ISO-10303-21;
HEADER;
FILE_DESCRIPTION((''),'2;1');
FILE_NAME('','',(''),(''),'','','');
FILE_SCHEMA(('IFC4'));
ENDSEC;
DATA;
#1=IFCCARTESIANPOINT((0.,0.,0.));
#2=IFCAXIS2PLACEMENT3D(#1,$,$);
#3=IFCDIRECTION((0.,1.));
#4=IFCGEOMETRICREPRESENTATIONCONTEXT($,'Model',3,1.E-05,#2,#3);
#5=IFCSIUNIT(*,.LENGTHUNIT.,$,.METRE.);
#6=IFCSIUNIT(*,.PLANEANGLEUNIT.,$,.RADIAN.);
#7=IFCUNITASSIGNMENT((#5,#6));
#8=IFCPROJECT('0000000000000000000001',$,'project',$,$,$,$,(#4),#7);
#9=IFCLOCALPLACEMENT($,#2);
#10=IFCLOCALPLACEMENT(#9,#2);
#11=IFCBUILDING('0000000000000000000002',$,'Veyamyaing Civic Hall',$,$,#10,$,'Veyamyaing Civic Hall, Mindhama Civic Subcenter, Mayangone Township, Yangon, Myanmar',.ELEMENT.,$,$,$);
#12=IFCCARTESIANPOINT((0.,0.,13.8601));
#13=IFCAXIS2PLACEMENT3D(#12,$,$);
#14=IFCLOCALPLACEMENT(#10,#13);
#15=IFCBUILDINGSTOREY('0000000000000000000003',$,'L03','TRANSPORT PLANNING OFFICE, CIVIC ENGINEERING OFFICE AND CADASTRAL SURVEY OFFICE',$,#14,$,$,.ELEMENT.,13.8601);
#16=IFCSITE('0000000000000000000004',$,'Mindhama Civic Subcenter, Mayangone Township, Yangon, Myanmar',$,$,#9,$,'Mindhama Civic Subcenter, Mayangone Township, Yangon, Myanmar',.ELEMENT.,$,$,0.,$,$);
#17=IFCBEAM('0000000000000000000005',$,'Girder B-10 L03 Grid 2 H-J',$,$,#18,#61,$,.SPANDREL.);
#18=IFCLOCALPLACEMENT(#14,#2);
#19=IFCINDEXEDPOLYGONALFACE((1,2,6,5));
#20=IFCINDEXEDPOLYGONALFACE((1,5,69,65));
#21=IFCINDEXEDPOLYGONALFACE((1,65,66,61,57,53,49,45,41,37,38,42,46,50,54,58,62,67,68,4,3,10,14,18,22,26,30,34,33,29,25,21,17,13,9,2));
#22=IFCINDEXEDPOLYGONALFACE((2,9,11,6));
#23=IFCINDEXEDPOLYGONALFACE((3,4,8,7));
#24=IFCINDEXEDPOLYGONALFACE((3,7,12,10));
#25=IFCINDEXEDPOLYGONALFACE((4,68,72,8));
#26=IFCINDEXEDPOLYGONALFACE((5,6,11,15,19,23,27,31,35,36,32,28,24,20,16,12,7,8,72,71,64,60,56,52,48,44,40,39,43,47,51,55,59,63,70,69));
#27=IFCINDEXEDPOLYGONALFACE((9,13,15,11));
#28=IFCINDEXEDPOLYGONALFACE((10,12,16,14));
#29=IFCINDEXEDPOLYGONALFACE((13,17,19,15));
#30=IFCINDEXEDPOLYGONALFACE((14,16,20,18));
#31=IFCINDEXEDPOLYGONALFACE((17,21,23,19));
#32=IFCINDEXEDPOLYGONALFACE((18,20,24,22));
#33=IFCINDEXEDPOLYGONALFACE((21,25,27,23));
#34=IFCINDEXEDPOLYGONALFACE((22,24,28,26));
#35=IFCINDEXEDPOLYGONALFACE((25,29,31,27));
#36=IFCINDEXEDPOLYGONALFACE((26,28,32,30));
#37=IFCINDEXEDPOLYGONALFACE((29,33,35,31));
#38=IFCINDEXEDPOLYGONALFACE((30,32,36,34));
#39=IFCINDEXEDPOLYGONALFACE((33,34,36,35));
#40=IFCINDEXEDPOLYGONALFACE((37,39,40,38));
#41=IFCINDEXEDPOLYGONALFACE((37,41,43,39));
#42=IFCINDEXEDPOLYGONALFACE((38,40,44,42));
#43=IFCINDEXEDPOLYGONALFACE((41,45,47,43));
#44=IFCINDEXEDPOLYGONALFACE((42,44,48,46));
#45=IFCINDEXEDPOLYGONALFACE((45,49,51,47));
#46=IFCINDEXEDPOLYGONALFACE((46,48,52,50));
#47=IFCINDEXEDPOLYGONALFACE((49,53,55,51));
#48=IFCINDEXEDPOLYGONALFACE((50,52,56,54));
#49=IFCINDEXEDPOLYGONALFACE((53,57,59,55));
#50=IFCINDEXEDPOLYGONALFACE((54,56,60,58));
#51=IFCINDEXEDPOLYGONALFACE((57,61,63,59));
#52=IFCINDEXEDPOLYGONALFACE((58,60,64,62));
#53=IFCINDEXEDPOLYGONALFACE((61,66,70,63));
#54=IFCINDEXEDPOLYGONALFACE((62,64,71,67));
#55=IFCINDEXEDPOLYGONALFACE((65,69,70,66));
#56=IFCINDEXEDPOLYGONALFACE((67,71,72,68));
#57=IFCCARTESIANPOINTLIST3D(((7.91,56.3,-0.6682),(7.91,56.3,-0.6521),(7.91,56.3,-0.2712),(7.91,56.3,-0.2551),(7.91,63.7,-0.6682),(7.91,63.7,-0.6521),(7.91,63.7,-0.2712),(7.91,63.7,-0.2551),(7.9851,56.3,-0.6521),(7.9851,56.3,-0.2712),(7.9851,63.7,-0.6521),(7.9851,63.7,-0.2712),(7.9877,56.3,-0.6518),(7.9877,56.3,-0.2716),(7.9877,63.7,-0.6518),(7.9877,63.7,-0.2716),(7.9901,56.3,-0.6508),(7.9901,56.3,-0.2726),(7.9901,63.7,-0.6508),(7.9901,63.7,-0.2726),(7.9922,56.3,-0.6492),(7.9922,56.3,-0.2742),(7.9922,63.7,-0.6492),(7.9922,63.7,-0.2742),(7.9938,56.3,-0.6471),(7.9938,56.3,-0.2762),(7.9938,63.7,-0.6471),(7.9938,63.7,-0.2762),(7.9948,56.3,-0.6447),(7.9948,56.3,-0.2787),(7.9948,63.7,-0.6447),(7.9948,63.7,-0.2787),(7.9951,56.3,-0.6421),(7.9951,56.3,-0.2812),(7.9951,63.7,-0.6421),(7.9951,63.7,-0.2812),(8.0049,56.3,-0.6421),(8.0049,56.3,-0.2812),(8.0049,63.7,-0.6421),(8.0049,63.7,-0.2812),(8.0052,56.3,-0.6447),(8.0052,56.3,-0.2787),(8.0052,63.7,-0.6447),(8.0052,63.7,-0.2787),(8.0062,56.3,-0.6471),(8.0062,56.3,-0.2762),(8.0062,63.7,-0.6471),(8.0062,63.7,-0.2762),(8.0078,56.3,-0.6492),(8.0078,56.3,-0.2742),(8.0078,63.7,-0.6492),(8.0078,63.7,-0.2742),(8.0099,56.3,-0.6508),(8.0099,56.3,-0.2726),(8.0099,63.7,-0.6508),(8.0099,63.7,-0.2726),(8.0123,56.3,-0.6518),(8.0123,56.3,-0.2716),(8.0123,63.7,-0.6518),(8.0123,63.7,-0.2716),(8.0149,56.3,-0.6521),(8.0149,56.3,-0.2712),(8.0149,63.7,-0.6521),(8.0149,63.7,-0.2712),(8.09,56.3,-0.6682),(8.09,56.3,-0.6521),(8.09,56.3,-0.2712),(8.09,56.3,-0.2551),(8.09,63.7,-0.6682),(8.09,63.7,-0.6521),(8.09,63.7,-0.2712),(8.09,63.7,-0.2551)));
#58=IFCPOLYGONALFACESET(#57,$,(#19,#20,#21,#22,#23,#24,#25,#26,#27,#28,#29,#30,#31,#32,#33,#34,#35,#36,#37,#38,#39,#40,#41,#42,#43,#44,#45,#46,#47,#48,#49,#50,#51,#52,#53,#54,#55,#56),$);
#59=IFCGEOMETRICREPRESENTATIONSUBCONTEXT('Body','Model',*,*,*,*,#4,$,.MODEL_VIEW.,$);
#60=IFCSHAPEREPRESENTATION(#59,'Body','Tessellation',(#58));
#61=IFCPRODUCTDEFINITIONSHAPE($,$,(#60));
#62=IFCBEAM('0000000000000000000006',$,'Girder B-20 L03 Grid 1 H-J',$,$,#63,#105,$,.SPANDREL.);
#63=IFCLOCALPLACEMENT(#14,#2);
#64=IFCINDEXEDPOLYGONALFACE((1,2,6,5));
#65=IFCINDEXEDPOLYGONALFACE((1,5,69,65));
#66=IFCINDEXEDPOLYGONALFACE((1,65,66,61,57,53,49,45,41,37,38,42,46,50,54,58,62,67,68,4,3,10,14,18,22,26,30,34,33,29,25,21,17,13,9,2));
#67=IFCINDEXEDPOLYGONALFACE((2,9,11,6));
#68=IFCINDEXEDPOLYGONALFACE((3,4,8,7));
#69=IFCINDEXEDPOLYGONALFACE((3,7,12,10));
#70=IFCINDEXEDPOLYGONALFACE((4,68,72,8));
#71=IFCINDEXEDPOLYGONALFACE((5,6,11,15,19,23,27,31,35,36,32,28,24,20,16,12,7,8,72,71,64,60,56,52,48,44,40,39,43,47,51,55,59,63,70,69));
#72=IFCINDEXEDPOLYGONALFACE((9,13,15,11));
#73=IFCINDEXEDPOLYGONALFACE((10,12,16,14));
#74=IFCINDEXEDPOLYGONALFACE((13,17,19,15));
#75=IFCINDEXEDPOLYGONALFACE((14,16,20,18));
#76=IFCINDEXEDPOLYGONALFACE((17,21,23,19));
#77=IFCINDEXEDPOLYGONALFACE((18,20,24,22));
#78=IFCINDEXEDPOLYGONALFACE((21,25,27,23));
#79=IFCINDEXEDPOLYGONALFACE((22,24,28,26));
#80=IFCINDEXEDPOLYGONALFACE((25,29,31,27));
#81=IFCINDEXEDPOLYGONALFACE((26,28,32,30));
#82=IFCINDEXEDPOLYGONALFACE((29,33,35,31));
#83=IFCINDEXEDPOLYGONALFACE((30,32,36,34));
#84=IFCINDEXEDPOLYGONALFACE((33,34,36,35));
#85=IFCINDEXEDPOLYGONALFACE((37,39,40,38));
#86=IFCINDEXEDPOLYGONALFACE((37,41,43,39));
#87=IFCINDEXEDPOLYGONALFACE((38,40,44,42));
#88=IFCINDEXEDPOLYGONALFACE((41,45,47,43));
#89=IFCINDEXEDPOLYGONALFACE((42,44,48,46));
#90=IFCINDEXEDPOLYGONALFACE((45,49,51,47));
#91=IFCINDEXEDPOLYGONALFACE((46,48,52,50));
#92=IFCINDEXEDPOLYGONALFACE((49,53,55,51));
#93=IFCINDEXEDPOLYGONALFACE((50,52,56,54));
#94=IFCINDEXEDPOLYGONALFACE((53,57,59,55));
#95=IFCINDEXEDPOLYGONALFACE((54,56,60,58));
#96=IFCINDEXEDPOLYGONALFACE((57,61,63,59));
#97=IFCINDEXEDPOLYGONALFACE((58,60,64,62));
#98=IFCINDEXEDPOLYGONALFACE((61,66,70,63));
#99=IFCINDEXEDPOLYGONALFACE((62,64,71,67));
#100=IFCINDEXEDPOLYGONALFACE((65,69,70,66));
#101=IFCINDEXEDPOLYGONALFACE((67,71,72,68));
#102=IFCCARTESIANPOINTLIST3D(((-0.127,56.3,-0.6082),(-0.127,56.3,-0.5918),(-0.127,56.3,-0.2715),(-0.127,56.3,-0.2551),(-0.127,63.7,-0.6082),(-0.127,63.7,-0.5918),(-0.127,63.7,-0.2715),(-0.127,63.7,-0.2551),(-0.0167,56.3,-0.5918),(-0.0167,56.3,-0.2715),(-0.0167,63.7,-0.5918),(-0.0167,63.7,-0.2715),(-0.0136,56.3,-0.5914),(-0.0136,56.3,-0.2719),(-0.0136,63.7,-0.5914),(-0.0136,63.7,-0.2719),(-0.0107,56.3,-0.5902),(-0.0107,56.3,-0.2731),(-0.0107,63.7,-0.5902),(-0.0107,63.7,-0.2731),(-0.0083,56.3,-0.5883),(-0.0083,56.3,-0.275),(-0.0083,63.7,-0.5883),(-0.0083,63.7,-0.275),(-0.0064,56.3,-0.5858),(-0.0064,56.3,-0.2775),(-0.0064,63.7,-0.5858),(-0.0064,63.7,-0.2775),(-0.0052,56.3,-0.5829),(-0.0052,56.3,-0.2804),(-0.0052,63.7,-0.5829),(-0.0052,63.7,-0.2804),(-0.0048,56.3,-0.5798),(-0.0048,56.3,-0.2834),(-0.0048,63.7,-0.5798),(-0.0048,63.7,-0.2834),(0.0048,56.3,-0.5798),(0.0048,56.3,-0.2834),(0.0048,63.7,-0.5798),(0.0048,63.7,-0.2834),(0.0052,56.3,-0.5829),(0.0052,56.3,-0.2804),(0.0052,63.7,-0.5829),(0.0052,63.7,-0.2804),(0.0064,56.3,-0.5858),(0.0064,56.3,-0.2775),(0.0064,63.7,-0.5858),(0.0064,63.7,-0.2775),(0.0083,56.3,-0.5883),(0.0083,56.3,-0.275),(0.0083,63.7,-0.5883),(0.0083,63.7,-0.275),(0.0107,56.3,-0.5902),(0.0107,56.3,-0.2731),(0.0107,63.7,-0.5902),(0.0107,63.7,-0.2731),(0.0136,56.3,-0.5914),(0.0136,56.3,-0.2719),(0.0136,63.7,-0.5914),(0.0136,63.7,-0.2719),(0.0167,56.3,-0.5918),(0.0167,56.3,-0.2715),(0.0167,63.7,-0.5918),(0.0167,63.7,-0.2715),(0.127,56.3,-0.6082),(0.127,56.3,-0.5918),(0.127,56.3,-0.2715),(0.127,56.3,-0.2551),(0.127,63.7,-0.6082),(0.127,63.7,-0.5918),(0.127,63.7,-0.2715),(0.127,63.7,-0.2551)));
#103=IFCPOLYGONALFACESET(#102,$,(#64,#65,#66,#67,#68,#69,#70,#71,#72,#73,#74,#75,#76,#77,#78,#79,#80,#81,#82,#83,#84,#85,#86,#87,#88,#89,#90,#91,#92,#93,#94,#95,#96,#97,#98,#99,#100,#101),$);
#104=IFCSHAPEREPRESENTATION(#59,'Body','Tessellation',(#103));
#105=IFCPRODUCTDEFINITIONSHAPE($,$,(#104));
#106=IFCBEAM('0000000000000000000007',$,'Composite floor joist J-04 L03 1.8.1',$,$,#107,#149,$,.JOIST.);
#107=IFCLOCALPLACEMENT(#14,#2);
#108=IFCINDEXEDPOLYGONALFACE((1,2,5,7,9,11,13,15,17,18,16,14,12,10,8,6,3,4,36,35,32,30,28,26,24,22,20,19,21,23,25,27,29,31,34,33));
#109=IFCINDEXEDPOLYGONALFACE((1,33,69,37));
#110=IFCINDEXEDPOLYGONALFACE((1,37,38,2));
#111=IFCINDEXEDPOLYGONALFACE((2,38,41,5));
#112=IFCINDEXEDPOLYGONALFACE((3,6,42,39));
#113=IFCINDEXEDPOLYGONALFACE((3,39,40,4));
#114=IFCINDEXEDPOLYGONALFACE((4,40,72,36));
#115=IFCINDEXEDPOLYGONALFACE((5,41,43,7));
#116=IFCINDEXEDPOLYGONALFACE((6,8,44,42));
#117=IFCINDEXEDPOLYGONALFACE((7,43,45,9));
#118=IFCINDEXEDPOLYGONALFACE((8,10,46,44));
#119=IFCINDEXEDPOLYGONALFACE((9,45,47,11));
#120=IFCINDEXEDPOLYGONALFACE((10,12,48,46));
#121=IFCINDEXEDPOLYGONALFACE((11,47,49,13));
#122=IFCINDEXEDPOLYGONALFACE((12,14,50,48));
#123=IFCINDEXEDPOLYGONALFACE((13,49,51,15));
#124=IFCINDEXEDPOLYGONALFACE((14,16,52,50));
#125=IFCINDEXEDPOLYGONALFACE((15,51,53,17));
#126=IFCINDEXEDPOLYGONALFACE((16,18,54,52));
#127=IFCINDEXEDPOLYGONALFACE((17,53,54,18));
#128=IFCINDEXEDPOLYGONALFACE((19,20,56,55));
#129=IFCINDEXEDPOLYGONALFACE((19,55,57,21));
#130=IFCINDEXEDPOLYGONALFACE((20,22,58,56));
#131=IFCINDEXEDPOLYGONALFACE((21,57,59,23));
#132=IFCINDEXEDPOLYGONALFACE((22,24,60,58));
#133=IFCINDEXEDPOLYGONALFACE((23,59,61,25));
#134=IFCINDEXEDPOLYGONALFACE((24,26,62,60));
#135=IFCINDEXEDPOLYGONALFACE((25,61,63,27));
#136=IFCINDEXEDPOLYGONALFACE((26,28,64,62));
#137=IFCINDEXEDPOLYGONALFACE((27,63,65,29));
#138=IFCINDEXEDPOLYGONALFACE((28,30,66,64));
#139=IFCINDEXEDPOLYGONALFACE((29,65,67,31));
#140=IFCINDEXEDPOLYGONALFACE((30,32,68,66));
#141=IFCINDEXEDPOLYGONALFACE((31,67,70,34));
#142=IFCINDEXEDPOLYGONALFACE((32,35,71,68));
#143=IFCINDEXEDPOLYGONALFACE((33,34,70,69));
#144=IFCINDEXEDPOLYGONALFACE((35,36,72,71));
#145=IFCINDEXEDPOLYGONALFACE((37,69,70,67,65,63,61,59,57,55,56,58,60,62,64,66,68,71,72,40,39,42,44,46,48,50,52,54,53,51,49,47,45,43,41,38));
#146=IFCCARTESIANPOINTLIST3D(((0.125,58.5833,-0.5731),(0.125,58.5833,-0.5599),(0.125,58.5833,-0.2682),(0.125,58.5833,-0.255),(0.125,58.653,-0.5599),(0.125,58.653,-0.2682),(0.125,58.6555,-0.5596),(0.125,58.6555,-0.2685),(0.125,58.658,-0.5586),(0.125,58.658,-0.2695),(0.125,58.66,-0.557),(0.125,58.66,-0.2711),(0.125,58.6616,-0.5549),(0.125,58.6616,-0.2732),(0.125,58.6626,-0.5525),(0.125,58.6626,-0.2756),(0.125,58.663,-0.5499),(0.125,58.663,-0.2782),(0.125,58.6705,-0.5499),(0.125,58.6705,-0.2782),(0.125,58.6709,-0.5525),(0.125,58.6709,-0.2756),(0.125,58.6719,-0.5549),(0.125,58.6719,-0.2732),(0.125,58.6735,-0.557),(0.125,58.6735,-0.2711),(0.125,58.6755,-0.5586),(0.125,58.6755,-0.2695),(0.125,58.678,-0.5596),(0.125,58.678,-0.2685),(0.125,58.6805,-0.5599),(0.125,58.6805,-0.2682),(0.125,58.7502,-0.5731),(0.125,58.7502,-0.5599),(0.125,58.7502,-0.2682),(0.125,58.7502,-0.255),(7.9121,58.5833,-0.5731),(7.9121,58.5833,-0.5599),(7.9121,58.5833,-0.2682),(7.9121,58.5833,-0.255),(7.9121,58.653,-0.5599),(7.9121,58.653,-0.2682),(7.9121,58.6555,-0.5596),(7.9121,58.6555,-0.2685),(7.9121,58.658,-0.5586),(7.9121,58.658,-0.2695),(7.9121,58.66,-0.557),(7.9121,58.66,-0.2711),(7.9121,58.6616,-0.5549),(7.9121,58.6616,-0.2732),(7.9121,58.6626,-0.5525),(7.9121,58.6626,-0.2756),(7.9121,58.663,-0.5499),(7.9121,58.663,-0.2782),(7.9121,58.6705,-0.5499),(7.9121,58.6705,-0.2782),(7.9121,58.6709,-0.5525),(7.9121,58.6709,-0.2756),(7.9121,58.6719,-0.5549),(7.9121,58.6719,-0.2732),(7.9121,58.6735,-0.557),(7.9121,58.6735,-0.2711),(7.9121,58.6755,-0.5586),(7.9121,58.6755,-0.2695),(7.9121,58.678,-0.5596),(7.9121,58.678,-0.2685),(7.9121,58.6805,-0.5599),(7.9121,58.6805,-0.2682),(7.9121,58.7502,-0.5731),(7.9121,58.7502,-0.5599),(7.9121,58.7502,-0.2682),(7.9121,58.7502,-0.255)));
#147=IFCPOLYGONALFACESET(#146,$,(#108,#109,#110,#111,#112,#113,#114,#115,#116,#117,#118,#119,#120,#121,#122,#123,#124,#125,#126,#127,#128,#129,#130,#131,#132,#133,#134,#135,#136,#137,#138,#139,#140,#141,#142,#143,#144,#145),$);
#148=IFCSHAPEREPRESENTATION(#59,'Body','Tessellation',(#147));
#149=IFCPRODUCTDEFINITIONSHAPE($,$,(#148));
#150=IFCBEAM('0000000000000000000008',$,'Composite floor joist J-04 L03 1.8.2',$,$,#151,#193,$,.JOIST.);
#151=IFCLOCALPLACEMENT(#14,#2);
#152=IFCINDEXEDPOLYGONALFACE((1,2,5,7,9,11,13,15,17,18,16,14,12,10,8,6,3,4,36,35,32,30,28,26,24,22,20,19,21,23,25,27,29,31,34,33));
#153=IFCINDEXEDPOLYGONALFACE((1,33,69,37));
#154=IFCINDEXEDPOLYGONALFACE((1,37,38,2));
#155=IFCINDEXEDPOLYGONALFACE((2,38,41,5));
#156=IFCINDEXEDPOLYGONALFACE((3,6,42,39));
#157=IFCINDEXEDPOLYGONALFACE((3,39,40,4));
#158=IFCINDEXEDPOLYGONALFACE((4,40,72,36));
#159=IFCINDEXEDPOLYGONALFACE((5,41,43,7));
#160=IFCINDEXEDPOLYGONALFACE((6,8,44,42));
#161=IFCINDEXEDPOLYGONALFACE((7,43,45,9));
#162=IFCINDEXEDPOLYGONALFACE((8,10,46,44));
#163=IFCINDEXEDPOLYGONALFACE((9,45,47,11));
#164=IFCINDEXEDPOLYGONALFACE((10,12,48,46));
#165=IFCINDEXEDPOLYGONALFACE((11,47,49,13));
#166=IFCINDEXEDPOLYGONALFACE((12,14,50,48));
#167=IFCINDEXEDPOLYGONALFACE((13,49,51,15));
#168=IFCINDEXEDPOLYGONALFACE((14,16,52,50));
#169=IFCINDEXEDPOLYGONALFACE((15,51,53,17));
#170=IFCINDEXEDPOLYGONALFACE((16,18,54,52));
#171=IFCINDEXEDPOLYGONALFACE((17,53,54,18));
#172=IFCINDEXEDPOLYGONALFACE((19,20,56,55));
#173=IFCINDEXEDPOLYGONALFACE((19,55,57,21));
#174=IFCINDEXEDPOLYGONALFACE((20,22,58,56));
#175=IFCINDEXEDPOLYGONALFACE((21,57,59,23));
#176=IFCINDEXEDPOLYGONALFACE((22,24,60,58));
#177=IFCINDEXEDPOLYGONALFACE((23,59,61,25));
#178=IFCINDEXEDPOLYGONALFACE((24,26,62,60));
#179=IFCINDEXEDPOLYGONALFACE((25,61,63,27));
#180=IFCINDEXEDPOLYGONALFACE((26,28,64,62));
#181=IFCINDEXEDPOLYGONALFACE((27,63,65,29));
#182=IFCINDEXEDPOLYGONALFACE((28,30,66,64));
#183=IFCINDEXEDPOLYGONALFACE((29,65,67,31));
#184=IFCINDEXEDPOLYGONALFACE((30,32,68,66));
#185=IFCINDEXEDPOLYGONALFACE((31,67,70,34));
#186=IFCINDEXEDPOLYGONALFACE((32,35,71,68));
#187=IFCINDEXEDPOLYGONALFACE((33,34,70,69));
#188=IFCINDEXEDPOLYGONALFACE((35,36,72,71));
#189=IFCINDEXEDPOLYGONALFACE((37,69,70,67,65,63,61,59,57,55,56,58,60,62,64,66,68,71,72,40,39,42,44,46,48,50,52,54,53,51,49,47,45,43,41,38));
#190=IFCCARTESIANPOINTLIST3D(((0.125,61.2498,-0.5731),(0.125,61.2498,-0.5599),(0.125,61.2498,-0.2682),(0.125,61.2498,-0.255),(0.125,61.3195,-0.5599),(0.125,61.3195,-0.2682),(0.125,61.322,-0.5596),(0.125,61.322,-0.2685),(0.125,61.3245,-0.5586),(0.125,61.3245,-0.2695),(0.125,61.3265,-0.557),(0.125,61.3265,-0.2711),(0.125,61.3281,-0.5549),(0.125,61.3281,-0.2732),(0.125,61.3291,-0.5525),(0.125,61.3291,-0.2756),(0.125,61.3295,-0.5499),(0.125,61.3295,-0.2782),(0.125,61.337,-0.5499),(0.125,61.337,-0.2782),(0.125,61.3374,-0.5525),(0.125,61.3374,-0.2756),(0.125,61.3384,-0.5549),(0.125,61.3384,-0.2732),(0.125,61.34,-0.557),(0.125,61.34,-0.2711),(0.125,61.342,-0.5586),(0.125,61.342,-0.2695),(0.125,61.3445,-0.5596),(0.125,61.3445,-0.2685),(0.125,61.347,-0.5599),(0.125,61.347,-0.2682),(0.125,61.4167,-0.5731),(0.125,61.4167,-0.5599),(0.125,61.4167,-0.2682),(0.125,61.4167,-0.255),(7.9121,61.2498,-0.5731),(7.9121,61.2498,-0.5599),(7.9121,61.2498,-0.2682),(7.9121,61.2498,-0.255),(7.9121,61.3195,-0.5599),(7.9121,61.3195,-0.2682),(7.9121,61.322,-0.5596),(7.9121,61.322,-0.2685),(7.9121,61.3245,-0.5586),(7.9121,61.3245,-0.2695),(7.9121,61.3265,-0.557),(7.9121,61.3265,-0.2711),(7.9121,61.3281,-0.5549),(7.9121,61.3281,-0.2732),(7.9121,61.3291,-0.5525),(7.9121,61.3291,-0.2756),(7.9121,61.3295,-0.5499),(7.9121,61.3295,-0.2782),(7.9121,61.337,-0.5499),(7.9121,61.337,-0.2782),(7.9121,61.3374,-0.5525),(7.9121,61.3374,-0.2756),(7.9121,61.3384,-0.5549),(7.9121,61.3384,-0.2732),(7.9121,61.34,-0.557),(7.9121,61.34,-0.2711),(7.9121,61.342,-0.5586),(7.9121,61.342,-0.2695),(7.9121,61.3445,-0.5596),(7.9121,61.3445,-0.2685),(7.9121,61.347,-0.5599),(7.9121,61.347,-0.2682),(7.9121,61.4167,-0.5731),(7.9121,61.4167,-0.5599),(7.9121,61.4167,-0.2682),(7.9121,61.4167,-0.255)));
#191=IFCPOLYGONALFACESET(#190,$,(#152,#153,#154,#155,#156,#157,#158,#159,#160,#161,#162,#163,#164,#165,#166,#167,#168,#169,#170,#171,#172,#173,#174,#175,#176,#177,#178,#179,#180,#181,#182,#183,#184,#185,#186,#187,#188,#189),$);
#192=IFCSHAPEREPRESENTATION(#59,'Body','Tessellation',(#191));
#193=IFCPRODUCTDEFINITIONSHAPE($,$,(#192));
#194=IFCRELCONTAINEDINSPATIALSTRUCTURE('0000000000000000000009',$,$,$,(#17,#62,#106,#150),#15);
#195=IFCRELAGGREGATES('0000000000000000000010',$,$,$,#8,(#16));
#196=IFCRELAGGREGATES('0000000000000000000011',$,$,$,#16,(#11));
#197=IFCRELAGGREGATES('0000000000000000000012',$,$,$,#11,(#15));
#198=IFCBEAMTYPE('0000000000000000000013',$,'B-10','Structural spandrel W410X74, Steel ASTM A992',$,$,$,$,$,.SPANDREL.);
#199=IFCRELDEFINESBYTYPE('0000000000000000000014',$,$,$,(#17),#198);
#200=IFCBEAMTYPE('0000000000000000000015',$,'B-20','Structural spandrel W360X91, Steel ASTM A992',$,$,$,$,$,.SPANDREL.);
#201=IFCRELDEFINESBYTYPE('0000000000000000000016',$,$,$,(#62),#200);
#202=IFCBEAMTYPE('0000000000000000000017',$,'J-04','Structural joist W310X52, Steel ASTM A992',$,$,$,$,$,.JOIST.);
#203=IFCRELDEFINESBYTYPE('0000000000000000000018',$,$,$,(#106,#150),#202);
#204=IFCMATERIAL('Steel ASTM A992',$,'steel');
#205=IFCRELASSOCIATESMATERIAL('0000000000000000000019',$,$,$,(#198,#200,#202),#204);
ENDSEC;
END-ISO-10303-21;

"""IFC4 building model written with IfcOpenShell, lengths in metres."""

from ifc_helpers import new_model, si_unit, direction, frame, origin, origin_2d, place, context, subcontext, project, spatial, i_section, extrude, material, material_profile, profile_set, type_object, element, save


model = new_model("IFC4")

# Units and contexts
model_context = context("Model", 3, precision=1e-05, world=origin(), true_north=direction((0.0, 1.0)))
body_context = subcontext(model_context, "Body", "Model", "MODEL_VIEW")
ifc_project = project(units=[si_unit("LENGTHUNIT", "METRE"), si_unit("PLANEANGLEUNIT", "RADIAN")], contexts=[model_context])

# Site, building, storey
site_placement = place(None, origin())
site = spatial("IfcSite", under=ifc_project, at=site_placement, Name="Mindhama Civic Subcenter, Mayangone Township, Yangon, Myanmar", LongName="Mindhama Civic Subcenter, Mayangone Township, Yangon, Myanmar", CompositionType="ELEMENT", RefElevation=0.0)
building_placement = place(site_placement, origin())
building = spatial("IfcBuilding", under=site, at=building_placement, Name="Veyamyaing Civic Hall", LongName="Veyamyaing Civic Hall, Mindhama Civic Subcenter, Mayangone Township, Yangon, Myanmar", CompositionType="ELEMENT")
storey_placement = place(building_placement, frame((0.0, 0.0, 13.8601)))
storey = spatial("IfcBuildingStorey", under=building, at=storey_placement, Name="L03", Description="TRANSPORT PLANNING OFFICE, CIVIC ENGINEERING OFFICE AND CADASTRAL SURVEY OFFICE", CompositionType="ELEMENT", Elevation=13.8601)

# Beams
ifc_material_1 = material(Name="Steel ASTM A992", Category="steel")
ifc_material_profile_1 = material_profile(ifc_material_1, i_section(OverallWidth=0.1799, OverallDepth=0.4131, WebThickness=0.0098, FlangeThickness=0.0161, FilletRadius=0.01, at=origin_2d()), Name="W410X74")
ifc_profile_set_1 = profile_set([ifc_material_profile_1], Name="Steel ASTM A992")
beam_type_1 = type_object("IfcBeamType", Name="B-10", Description="Structural spandrel W410X74, Steel ASTM A992", PredefinedType="SPANDREL", material=ifc_profile_set_1)
beam_1_placement = place(storey_placement, frame((8.0, 56.3, -0.4617), z_axis=(0.0, 1.0, 0.0), x_axis=(-1.0, 0.0, 0.0)))
element("IfcBeam", 1, at=beam_1_placement, inside=storey, type_object=beam_type_1, Name="Girder B-10 L03 Grid 2 H-J", PredefinedType="SPANDREL", context=body_context, shape_type="SweptSolid", body=[
    extrude(i_section(OverallWidth=0.1799, OverallDepth=0.4131, WebThickness=0.0098, FlangeThickness=0.0161, FilletRadius=0.01, at=origin_2d()), origin(), (0.0, 0.0, 1.0), 7.3999),
])
ifc_material_profile_2 = material_profile(ifc_material_1, i_section(OverallWidth=0.2539, OverallDepth=0.353, WebThickness=0.0095, FlangeThickness=0.0164, FilletRadius=0.012, at=origin_2d()), Name="W360X91")
ifc_profile_set_2 = profile_set([ifc_material_profile_2], Name="Steel ASTM A992")
beam_type_2 = type_object("IfcBeamType", Name="B-20", Description="Structural spandrel W360X91, Steel ASTM A992", PredefinedType="SPANDREL", material=ifc_profile_set_2)
beam_2_placement = place(storey_placement, frame((0.0, 56.3, -0.4316), z_axis=(0.0, 1.0, 0.0), x_axis=(-1.0, 0.0, 0.0)))
element("IfcBeam", 2, at=beam_2_placement, inside=storey, type_object=beam_type_2, Name="Girder B-20 L03 Grid 1 H-J", PredefinedType="SPANDREL", context=body_context, shape_type="SweptSolid", body=[
    extrude(i_section(OverallWidth=0.2539, OverallDepth=0.353, WebThickness=0.0095, FlangeThickness=0.0164, FilletRadius=0.012, at=origin_2d()), origin(), (0.0, 0.0, 1.0), 7.3999),
])
ifc_material_profile_3 = material_profile(ifc_material_1, i_section(OverallWidth=0.167, OverallDepth=0.3181, WebThickness=0.0076, FlangeThickness=0.0132, FilletRadius=0.01, at=origin_2d()), Name="W310X52")
ifc_profile_set_3 = profile_set([ifc_material_profile_3], Name="Steel ASTM A992")
beam_type_3 = type_object("IfcBeamType", Name="J-04", Description="Structural joist W310X52, Steel ASTM A992", PredefinedType="JOIST", material=ifc_profile_set_3)
for number, where, z_axis, x_axis, name in (
    (3, (0.125, 58.6667, -0.4141), (1.0, 0.0, 0.0), (0.0, 1.0, 0.0), "Composite floor joist J-04 L03 1.8.1"),
    (4, (0.125, 61.3333, -0.4141), (1.0, 0.0, 0.0), (0.0, 1.0, 0.0), "Composite floor joist J-04 L03 1.8.2"),
):
    element("IfcBeam", number, at=place(storey_placement, frame(where, z_axis=z_axis, x_axis=x_axis)), inside=storey, type_object=beam_type_3, Name=name, PredefinedType="JOIST", context=body_context, shape_type="SweptSolid", body=[
        extrude(i_section(OverallWidth=0.167, OverallDepth=0.3181, WebThickness=0.0076, FlangeThickness=0.0132, FilletRadius=0.01, at=origin_2d()), origin(), (0.0, 0.0, 1.0), 7.7871),
    ])

save(model, "model.ifc")
